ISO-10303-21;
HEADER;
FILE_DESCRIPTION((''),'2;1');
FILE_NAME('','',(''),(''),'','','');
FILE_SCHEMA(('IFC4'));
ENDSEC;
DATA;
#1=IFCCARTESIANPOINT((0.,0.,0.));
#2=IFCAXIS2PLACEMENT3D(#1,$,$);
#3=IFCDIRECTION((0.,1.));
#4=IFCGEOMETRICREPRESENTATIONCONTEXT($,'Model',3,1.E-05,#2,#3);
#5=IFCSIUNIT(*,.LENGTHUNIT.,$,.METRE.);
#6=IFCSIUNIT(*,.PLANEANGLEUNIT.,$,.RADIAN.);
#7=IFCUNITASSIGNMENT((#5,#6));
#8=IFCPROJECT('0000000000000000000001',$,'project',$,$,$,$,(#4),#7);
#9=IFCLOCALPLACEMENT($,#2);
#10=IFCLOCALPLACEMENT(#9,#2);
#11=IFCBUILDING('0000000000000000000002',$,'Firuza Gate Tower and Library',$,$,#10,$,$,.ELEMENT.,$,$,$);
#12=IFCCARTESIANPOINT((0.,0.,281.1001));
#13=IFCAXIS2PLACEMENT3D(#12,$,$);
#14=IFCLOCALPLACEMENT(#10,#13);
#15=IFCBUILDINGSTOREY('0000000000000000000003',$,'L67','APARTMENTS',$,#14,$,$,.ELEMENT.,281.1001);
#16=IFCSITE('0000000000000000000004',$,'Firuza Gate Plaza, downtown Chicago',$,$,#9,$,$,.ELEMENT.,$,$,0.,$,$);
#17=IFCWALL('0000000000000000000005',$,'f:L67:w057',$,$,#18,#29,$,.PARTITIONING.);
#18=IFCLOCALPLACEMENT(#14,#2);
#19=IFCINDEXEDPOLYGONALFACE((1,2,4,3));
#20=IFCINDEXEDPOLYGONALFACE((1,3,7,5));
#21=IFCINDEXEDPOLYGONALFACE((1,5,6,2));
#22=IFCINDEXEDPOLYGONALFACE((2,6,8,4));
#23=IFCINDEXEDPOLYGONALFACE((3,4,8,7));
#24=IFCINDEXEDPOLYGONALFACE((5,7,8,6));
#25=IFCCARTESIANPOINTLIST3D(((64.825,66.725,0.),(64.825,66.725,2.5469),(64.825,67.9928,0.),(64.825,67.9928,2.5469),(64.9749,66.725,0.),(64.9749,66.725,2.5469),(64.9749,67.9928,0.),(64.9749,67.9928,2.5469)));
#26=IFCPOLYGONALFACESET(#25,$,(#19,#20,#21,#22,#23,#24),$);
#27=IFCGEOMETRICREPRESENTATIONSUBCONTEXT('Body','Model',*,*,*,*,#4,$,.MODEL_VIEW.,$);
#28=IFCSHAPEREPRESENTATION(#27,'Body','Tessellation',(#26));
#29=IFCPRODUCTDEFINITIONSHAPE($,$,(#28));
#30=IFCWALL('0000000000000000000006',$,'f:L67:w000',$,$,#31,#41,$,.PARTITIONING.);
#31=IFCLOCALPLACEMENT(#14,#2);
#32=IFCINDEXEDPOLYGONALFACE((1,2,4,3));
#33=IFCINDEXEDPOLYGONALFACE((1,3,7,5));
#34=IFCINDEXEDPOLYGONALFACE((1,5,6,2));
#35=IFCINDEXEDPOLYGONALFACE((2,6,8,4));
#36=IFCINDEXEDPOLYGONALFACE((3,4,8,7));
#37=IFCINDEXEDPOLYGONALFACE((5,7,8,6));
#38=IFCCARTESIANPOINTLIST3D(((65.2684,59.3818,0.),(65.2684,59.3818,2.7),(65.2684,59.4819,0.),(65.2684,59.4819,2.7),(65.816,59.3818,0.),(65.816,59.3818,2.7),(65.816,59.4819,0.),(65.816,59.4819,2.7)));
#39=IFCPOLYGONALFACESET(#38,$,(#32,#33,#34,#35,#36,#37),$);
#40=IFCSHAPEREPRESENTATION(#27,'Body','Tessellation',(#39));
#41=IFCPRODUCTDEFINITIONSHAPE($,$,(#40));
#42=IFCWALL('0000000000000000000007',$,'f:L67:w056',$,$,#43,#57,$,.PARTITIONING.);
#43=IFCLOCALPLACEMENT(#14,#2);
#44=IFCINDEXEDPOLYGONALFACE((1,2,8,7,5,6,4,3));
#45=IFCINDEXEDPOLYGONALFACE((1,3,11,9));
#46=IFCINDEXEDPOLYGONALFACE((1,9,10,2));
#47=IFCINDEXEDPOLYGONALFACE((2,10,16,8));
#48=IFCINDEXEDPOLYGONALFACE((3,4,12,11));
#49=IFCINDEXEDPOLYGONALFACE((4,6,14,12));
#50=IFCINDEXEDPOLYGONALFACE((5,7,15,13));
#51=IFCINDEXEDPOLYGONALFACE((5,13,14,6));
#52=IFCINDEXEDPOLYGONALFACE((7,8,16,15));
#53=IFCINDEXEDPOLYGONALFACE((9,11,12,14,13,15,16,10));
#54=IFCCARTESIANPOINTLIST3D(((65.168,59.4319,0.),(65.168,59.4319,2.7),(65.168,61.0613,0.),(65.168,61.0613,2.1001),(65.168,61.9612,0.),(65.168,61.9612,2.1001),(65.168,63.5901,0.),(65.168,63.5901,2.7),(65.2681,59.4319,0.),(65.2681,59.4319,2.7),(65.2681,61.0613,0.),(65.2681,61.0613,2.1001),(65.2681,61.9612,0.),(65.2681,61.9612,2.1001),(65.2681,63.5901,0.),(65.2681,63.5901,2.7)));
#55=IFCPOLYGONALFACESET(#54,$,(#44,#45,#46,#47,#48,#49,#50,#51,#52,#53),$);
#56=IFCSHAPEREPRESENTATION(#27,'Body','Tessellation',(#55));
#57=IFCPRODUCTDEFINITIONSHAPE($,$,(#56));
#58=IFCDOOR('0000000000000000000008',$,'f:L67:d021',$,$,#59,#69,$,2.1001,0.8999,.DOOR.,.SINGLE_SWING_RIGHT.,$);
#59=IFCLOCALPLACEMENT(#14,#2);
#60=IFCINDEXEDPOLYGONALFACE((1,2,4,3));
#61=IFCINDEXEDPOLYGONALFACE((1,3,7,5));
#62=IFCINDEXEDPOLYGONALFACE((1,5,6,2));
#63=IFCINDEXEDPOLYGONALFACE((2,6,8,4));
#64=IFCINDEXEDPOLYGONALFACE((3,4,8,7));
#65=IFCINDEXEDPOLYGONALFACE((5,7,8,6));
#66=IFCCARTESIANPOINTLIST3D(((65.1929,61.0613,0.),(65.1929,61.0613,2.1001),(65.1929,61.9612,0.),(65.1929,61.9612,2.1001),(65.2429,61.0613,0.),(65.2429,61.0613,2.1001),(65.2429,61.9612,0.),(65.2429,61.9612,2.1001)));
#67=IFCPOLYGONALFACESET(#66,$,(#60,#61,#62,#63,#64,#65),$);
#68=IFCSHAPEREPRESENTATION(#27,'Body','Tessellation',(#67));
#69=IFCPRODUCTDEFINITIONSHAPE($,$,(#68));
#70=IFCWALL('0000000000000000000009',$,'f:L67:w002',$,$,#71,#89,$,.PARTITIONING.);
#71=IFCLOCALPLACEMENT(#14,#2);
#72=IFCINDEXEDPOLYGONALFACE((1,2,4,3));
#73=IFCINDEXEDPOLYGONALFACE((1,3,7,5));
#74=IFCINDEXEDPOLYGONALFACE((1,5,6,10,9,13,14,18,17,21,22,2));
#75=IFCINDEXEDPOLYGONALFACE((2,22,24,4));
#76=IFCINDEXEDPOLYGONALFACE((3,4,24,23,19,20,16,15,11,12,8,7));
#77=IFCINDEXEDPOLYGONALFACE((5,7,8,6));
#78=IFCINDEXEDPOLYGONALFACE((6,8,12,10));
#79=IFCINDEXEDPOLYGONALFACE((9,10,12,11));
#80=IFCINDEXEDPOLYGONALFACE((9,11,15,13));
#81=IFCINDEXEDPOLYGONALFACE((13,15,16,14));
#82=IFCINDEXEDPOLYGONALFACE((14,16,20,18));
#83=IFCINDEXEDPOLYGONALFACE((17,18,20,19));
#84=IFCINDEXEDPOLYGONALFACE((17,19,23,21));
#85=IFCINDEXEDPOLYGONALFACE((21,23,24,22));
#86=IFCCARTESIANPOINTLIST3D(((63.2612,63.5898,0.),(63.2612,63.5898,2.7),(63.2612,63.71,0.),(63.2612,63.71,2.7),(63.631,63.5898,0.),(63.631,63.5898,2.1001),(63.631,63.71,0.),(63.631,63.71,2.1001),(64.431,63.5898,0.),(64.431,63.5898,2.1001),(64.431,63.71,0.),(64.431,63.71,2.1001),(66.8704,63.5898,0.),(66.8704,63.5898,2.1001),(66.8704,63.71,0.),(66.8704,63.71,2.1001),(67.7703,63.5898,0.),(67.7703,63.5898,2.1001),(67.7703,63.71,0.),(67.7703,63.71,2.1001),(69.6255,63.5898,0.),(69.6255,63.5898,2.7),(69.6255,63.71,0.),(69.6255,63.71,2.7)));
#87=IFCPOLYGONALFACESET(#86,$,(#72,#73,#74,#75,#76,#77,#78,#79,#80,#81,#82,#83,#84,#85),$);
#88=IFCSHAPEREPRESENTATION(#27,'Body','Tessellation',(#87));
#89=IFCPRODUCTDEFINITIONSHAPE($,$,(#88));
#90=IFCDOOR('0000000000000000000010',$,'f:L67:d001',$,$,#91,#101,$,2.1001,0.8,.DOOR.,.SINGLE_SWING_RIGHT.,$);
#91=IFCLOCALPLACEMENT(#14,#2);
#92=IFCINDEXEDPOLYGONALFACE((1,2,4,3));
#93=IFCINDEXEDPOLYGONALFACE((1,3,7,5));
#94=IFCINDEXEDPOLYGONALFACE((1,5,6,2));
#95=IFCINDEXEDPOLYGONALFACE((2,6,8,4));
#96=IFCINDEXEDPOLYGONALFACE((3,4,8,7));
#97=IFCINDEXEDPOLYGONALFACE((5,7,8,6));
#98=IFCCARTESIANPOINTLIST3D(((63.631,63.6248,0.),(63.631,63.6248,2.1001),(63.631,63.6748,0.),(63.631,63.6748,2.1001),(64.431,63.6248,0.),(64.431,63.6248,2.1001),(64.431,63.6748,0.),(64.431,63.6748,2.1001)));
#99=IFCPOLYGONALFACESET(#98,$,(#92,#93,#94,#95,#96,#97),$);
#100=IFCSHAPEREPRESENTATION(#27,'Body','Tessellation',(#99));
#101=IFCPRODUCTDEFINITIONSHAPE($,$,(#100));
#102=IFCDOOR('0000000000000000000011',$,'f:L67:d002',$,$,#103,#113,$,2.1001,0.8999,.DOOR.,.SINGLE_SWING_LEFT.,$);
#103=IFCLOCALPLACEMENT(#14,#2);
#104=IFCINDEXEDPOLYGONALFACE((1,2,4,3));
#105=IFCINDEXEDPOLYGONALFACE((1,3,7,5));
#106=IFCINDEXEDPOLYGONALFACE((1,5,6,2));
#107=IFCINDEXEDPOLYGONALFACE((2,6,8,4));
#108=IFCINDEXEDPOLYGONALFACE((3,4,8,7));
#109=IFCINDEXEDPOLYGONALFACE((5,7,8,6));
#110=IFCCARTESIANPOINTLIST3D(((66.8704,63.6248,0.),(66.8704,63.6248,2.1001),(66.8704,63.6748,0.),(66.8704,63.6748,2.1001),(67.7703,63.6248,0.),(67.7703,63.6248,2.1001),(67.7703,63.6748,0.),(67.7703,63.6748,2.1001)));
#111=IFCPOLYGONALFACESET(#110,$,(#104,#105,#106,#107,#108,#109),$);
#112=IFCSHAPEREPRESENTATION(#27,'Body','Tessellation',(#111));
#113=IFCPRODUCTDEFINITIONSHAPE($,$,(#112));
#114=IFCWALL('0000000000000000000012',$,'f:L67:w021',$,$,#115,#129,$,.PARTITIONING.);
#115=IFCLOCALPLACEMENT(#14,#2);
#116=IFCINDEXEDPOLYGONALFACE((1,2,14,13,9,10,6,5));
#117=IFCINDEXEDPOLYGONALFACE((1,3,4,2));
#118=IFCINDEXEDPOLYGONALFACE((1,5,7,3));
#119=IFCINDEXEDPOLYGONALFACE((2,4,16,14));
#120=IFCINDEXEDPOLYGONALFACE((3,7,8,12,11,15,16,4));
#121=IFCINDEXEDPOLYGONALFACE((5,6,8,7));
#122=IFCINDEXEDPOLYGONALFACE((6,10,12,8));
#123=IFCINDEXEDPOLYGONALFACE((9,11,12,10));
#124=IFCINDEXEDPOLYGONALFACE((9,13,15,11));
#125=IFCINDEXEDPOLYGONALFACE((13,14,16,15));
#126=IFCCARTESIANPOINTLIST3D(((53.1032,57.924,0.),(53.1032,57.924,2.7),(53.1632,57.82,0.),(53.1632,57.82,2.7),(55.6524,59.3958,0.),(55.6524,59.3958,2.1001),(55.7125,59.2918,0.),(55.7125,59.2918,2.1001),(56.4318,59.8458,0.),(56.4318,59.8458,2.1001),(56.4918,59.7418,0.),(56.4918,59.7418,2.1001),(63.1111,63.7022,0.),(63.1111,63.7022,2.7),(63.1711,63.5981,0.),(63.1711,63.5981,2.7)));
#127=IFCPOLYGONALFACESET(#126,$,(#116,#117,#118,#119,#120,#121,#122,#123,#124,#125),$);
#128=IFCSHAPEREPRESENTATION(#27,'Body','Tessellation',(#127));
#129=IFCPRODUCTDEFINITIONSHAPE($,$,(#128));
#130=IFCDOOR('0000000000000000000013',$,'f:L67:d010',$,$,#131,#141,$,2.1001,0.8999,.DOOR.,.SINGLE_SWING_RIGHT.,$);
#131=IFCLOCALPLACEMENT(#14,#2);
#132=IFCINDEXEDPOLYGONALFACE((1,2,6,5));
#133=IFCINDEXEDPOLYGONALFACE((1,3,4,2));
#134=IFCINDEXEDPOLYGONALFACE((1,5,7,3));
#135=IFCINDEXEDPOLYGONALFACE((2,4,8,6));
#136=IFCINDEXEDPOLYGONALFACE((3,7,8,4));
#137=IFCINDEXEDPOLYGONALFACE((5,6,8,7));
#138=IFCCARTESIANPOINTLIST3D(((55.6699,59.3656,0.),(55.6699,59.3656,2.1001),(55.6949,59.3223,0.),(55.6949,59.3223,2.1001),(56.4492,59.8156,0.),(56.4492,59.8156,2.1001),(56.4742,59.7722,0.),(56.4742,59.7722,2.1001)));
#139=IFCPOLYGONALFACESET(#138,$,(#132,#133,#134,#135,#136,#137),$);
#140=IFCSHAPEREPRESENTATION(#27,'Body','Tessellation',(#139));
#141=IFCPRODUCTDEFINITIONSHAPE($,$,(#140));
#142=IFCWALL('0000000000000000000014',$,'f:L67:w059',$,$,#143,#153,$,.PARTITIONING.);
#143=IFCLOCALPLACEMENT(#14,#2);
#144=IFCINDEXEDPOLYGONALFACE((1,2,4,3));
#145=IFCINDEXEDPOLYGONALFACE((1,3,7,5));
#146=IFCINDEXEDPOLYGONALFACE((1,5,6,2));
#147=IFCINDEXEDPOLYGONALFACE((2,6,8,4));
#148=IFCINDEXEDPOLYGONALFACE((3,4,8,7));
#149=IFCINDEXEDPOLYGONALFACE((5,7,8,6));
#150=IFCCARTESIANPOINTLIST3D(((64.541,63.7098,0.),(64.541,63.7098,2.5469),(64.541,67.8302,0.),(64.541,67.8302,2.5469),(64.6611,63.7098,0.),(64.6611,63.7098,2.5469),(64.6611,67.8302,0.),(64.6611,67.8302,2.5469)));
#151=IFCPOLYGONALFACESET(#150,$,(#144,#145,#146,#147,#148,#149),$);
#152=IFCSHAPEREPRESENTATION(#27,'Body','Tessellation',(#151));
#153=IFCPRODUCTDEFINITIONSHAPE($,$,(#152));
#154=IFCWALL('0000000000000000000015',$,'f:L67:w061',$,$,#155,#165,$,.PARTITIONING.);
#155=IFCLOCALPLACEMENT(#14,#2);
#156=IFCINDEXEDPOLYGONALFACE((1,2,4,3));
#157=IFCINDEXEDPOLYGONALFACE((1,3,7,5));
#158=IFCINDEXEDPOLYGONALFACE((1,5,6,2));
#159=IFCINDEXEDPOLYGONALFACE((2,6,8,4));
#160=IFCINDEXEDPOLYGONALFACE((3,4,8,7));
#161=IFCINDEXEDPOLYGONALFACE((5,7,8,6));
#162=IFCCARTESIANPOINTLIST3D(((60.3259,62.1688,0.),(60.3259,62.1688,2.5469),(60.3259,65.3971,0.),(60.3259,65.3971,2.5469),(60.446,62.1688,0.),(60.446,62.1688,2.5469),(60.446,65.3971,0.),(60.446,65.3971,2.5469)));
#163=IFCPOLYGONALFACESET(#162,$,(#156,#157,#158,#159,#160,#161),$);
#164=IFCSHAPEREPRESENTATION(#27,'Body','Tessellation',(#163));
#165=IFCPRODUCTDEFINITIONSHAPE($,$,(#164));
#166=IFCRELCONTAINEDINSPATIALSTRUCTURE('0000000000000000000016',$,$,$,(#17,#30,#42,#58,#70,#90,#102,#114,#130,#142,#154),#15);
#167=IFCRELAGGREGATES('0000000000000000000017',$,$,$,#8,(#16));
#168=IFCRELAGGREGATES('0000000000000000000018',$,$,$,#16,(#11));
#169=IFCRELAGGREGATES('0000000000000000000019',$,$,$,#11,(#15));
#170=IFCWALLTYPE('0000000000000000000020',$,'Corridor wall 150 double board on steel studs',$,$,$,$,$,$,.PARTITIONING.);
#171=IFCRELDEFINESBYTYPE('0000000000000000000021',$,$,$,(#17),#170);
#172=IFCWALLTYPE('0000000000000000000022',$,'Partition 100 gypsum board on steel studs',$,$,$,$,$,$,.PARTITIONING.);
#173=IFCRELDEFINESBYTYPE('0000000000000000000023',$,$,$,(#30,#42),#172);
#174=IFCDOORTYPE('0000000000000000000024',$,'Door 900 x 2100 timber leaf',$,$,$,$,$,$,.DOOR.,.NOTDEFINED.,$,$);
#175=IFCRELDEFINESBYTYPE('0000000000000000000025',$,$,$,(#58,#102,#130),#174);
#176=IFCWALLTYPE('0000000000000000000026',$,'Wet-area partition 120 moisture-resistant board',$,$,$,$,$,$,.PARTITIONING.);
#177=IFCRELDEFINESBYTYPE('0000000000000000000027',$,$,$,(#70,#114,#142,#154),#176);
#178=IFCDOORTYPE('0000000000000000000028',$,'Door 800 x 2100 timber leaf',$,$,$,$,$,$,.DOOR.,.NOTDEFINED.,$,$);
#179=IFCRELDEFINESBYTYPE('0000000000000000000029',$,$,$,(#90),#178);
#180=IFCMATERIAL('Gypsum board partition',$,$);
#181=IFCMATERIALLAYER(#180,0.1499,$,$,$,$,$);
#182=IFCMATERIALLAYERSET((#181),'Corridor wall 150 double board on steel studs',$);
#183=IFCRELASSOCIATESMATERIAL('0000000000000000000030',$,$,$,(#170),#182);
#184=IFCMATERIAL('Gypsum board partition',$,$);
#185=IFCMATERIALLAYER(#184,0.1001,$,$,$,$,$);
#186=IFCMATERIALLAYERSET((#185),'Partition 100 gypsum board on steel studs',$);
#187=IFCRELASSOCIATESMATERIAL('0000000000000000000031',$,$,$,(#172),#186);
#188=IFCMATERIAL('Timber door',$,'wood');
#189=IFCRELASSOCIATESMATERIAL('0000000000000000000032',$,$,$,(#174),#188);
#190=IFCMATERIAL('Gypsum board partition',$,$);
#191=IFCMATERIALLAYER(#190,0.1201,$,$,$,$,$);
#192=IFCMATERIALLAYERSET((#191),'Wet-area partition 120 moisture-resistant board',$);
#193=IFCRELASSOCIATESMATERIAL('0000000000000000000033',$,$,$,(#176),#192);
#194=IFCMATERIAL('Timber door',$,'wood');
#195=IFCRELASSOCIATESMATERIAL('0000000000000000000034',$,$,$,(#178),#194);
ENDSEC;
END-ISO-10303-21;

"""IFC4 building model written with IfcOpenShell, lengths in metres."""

from ifc_helpers import new_model, si_unit, direction, frame, frame_2d, origin, place, context, subcontext, project, spatial, rectangle, extrude, material, layer, layer_set, type_object, element, fill, save


model = new_model("IFC4")

# Units and contexts
model_context = context("Model", 3, precision=1e-05, world=origin(), true_north=direction((0.0, 1.0)))
body_context = subcontext(model_context, "Body", "Model", "MODEL_VIEW")
ifc_project = project(units=[si_unit("LENGTHUNIT", "METRE"), si_unit("PLANEANGLEUNIT", "RADIAN")], contexts=[model_context])

# Site, building, storey
site_placement = place(None, origin())
site = spatial("IfcSite", under=ifc_project, at=site_placement, Name="Firuza Gate Plaza, downtown Chicago", CompositionType="ELEMENT", RefElevation=0.0)
building_placement = place(site_placement, origin())
building = spatial("IfcBuilding", under=site, at=building_placement, Name="Firuza Gate Tower and Library", CompositionType="ELEMENT")
storey_placement = place(building_placement, frame((0.0, 0.0, 281.1001)))
storey = spatial("IfcBuildingStorey", under=building, at=storey_placement, Name="L67", Description="APARTMENTS", CompositionType="ELEMENT", Elevation=281.1001)

# Shared definitions
ifc_material_1 = material(Name="Gypsum board partition")
ifc_layer_1 = layer(ifc_material_1, 0.1499)
ifc_layer_set_1 = layer_set([ifc_layer_1], Name="Corridor wall 150 double board on steel studs")
wall_type_1 = type_object("IfcWallType", Name="Corridor wall 150 double board on steel studs", PredefinedType="PARTITIONING", material=ifc_layer_set_1)

# Walls
wall_1_placement = place(storey_placement, frame((64.8999, 66.7251, 0.0), z_axis=(0.0, 0.0, 1.0), x_axis=(0.0, 1.0, 0.0)))
element("IfcWall", 1, at=wall_1_placement, inside=storey, type_object=wall_type_1, Name="f:L67:w057", PredefinedType="PARTITIONING", context=body_context, shape_type="SweptSolid", body=[
    extrude(rectangle(XDim=1.2678, YDim=0.1499, at=frame_2d((0.6338, 0.0))), origin(), (0.0, 0.0, 1.0), 2.5469),
])
ifc_material_2 = material(Name="Gypsum board partition")
ifc_layer_2 = layer(ifc_material_2, 0.1001)
ifc_layer_set_2 = layer_set([ifc_layer_2], Name="Partition 100 gypsum board on steel studs")
wall_type_2 = type_object("IfcWallType", Name="Partition 100 gypsum board on steel studs", PredefinedType="PARTITIONING", material=ifc_layer_set_2)
wall_2_placement = place(storey_placement, frame((65.2683, 59.4319, 0.0), z_axis=(0.0, 0.0, 1.0), x_axis=(1.0, 0.0, 0.0)))
element("IfcWall", 2, at=wall_2_placement, inside=storey, type_object=wall_type_2, Name="f:L67:w000", PredefinedType="PARTITIONING", context=body_context, shape_type="SweptSolid", body=[
    extrude(rectangle(XDim=0.5476, YDim=0.1001, at=frame_2d((0.2739, 0.0))), origin(), (0.0, 0.0, 1.0), 2.7),
])

# Wall, opening, door
wall_3_placement = place(storey_placement, frame((65.218, 63.5901, 0.0), z_axis=(0.0, 0.0, 1.0), x_axis=(0.0, -1.0, 0.0)))
wall_3 = element("IfcWall", 3, at=wall_3_placement, inside=storey, type_object=wall_type_2, Name="f:L67:w056", PredefinedType="PARTITIONING", context=body_context, shape_type="SweptSolid", body=[
    extrude(rectangle(XDim=4.1582, YDim=0.1001, at=frame_2d((2.0791, 0.0))), origin(), (0.0, 0.0, 1.0), 2.7),
])
opening_1_placement = place(wall_3_placement, frame((1.6289, 0.0, 0.0)))
opening_1 = element("IfcOpeningElement", 4, at=opening_1_placement, cuts=wall_3, PredefinedType="OPENING", context=body_context, shape_type="SweptSolid", body=[
    extrude(rectangle(XDim=0.8999, YDim=2.1001, at=frame_2d((0.45, 1.05))), frame((0.0, 0.0601, 0.0), z_axis=(0.0, -1.0, 0.0), x_axis=(1.0, 0.0, 0.0)), (0.0, 0.0, 1.0), 0.1201),
])
ifc_material_3 = material(Name="Timber door", Category="wood")
door_type_1 = type_object("IfcDoorType", Name="Door 900 x 2100 timber leaf", OperationType="NOTDEFINED", PredefinedType="DOOR", material=ifc_material_3)
door_1_placement = place(opening_1_placement, origin())
door_1 = element("IfcDoor", 5, at=door_1_placement, inside=storey, type_object=door_type_1, Name="f:L67:d021", OperationType="SINGLE_SWING_RIGHT", OverallHeight=2.1001, OverallWidth=0.8999, PredefinedType="DOOR", context=body_context, shape_type="SweptSolid", body=[
    extrude(rectangle(XDim=0.8999, YDim=2.1001, at=frame_2d((0.45, 1.05))), frame((0.0, 0.0249, 0.0), z_axis=(0.0, -1.0, 0.0), x_axis=(1.0, 0.0, 0.0)), (0.0, 0.0, 1.0), 0.05),
])
fill(opening_1, door_1)

# Wall, openings, doors
ifc_material_4 = material(Name="Gypsum board partition")
ifc_layer_3 = layer(ifc_material_4, 0.1201)
ifc_layer_set_3 = layer_set([ifc_layer_3], Name="Wet-area partition 120 moisture-resistant board")
wall_type_3 = type_object("IfcWallType", Name="Wet-area partition 120 moisture-resistant board", PredefinedType="PARTITIONING", material=ifc_layer_set_3)
wall_4_placement = place(storey_placement, frame((63.2612, 63.6499, 0.0), z_axis=(0.0, 0.0, 1.0), x_axis=(1.0, 0.0, 0.0)))
wall_4 = element("IfcWall", 6, at=wall_4_placement, inside=storey, type_object=wall_type_3, Name="f:L67:w002", PredefinedType="PARTITIONING", context=body_context, shape_type="SweptSolid", body=[
    extrude(rectangle(XDim=6.3643, YDim=0.1201, at=frame_2d((3.1821, 0.0))), origin(), (0.0, 0.0, 1.0), 2.7),
])
opening_2_placement = place(wall_4_placement, frame((0.3699, 0.0, 0.0)))
opening_2 = element("IfcOpeningElement", 7, at=opening_2_placement, cuts=wall_4, PredefinedType="OPENING", context=body_context, shape_type="SweptSolid", body=[
    extrude(rectangle(XDim=0.8, YDim=2.1001, at=frame_2d((0.3999, 1.05))), frame((0.0, 0.0701, 0.0), z_axis=(0.0, -1.0, 0.0), x_axis=(1.0, 0.0, 0.0)), (0.0, 0.0, 1.0), 0.1401),
])
opening_3_placement = place(wall_4_placement, frame((3.6091, 0.0, 0.0)))
opening_3 = element("IfcOpeningElement", 8, at=opening_3_placement, cuts=wall_4, PredefinedType="OPENING", context=body_context, shape_type="SweptSolid", body=[
    extrude(rectangle(XDim=0.8999, YDim=2.1001, at=frame_2d((0.45, 1.05))), frame((0.0, 0.0701, 0.0), z_axis=(0.0, -1.0, 0.0), x_axis=(1.0, 0.0, 0.0)), (0.0, 0.0, 1.0), 0.1401),
])
ifc_material_5 = material(Name="Timber door", Category="wood")
door_type_2 = type_object("IfcDoorType", Name="Door 800 x 2100 timber leaf", OperationType="NOTDEFINED", PredefinedType="DOOR", material=ifc_material_5)
door_2_placement = place(opening_2_placement, origin())
door_2 = element("IfcDoor", 9, at=door_2_placement, inside=storey, type_object=door_type_2, Name="f:L67:d001", OperationType="SINGLE_SWING_RIGHT", OverallHeight=2.1001, OverallWidth=0.8, PredefinedType="DOOR", context=body_context, shape_type="SweptSolid", body=[
    extrude(rectangle(XDim=0.8, YDim=2.1001, at=frame_2d((0.3999, 1.05))), frame((0.0, 0.0249, 0.0), z_axis=(0.0, -1.0, 0.0), x_axis=(1.0, 0.0, 0.0)), (0.0, 0.0, 1.0), 0.05),
])
fill(opening_2, door_2)
door_3_placement = place(opening_3_placement, origin())
door_3 = element("IfcDoor", 10, at=door_3_placement, inside=storey, type_object=door_type_1, Name="f:L67:d002", OperationType="SINGLE_SWING_LEFT", OverallHeight=2.1001, OverallWidth=0.8999, PredefinedType="DOOR", context=body_context, shape_type="SweptSolid", body=[
    extrude(rectangle(XDim=0.8999, YDim=2.1001, at=frame_2d((0.45, 1.05))), frame((0.0, 0.0249, 0.0), z_axis=(0.0, -1.0, 0.0), x_axis=(1.0, 0.0, 0.0)), (0.0, 0.0, 1.0), 0.05),
])
fill(opening_3, door_3)

# Wall, opening, door
wall_5_placement = place(storey_placement, frame((63.1411, 63.6501, 0.0), z_axis=(0.0, 0.0, 1.0), x_axis=(-0.866023, -0.500004, 0.0)))
wall_5 = element("IfcWall", 11, at=wall_5_placement, inside=storey, type_object=wall_type_3, Name="f:L67:w021", PredefinedType="PARTITIONING", context=body_context, shape_type="SweptSolid", body=[
    extrude(rectangle(XDim=11.5562, YDim=0.1201, at=frame_2d((5.7781, 0.0))), origin(), (0.0, 0.0, 1.0), 2.7),
])
opening_4_placement = place(wall_5_placement, frame((7.7126, 0.0, 0.0)))
opening_4 = element("IfcOpeningElement", 12, at=opening_4_placement, cuts=wall_5, PredefinedType="OPENING", context=body_context, shape_type="SweptSolid", body=[
    extrude(rectangle(XDim=0.8999, YDim=2.1001, at=frame_2d((0.45, 1.05))), frame((0.0, 0.0701, 0.0), z_axis=(0.0, -1.0, 0.0), x_axis=(1.0, 0.0, 0.0)), (0.0, 0.0, 1.0), 0.1401),
])
door_4_placement = place(opening_4_placement, origin())
door_4 = element("IfcDoor", 13, at=door_4_placement, inside=storey, type_object=door_type_1, Name="f:L67:d010", OperationType="SINGLE_SWING_RIGHT", OverallHeight=2.1001, OverallWidth=0.8999, PredefinedType="DOOR", context=body_context, shape_type="SweptSolid", body=[
    extrude(rectangle(XDim=0.8999, YDim=2.1001, at=frame_2d((0.45, 1.05))), frame((0.0, 0.0249, 0.0), z_axis=(0.0, -1.0, 0.0), x_axis=(1.0, 0.0, 0.0)), (0.0, 0.0, 1.0), 0.05),
])
fill(opening_4, door_4)

# Walls
wall_6_placement = place(storey_placement, frame((64.6011, 63.71, 0.0), z_axis=(0.0, 0.0, 1.0), x_axis=(0.0, 1.0, 0.0)))
element("IfcWall", 14, at=wall_6_placement, inside=storey, type_object=wall_type_3, Name="f:L67:w059", PredefinedType="PARTITIONING", context=body_context, shape_type="SweptSolid", body=[
    extrude(rectangle(XDim=4.1204, YDim=0.1201, at=frame_2d((2.0601, 0.0))), origin(), (0.0, 0.0, 1.0), 2.5469),
])
wall_7_placement = place(storey_placement, frame((60.386, 62.1687, 0.0), z_axis=(0.0, 0.0, 1.0), x_axis=(0.0, 1.0, 0.0)))
element("IfcWall", 15, at=wall_7_placement, inside=storey, type_object=wall_type_3, Name="f:L67:w061", PredefinedType="PARTITIONING", context=body_context, shape_type="SweptSolid", body=[
    extrude(rectangle(XDim=3.2283, YDim=0.1201, at=frame_2d((1.6143, 0.0))), origin(), (0.0, 0.0, 1.0), 2.5469),
])

save(model, "model.ifc")
